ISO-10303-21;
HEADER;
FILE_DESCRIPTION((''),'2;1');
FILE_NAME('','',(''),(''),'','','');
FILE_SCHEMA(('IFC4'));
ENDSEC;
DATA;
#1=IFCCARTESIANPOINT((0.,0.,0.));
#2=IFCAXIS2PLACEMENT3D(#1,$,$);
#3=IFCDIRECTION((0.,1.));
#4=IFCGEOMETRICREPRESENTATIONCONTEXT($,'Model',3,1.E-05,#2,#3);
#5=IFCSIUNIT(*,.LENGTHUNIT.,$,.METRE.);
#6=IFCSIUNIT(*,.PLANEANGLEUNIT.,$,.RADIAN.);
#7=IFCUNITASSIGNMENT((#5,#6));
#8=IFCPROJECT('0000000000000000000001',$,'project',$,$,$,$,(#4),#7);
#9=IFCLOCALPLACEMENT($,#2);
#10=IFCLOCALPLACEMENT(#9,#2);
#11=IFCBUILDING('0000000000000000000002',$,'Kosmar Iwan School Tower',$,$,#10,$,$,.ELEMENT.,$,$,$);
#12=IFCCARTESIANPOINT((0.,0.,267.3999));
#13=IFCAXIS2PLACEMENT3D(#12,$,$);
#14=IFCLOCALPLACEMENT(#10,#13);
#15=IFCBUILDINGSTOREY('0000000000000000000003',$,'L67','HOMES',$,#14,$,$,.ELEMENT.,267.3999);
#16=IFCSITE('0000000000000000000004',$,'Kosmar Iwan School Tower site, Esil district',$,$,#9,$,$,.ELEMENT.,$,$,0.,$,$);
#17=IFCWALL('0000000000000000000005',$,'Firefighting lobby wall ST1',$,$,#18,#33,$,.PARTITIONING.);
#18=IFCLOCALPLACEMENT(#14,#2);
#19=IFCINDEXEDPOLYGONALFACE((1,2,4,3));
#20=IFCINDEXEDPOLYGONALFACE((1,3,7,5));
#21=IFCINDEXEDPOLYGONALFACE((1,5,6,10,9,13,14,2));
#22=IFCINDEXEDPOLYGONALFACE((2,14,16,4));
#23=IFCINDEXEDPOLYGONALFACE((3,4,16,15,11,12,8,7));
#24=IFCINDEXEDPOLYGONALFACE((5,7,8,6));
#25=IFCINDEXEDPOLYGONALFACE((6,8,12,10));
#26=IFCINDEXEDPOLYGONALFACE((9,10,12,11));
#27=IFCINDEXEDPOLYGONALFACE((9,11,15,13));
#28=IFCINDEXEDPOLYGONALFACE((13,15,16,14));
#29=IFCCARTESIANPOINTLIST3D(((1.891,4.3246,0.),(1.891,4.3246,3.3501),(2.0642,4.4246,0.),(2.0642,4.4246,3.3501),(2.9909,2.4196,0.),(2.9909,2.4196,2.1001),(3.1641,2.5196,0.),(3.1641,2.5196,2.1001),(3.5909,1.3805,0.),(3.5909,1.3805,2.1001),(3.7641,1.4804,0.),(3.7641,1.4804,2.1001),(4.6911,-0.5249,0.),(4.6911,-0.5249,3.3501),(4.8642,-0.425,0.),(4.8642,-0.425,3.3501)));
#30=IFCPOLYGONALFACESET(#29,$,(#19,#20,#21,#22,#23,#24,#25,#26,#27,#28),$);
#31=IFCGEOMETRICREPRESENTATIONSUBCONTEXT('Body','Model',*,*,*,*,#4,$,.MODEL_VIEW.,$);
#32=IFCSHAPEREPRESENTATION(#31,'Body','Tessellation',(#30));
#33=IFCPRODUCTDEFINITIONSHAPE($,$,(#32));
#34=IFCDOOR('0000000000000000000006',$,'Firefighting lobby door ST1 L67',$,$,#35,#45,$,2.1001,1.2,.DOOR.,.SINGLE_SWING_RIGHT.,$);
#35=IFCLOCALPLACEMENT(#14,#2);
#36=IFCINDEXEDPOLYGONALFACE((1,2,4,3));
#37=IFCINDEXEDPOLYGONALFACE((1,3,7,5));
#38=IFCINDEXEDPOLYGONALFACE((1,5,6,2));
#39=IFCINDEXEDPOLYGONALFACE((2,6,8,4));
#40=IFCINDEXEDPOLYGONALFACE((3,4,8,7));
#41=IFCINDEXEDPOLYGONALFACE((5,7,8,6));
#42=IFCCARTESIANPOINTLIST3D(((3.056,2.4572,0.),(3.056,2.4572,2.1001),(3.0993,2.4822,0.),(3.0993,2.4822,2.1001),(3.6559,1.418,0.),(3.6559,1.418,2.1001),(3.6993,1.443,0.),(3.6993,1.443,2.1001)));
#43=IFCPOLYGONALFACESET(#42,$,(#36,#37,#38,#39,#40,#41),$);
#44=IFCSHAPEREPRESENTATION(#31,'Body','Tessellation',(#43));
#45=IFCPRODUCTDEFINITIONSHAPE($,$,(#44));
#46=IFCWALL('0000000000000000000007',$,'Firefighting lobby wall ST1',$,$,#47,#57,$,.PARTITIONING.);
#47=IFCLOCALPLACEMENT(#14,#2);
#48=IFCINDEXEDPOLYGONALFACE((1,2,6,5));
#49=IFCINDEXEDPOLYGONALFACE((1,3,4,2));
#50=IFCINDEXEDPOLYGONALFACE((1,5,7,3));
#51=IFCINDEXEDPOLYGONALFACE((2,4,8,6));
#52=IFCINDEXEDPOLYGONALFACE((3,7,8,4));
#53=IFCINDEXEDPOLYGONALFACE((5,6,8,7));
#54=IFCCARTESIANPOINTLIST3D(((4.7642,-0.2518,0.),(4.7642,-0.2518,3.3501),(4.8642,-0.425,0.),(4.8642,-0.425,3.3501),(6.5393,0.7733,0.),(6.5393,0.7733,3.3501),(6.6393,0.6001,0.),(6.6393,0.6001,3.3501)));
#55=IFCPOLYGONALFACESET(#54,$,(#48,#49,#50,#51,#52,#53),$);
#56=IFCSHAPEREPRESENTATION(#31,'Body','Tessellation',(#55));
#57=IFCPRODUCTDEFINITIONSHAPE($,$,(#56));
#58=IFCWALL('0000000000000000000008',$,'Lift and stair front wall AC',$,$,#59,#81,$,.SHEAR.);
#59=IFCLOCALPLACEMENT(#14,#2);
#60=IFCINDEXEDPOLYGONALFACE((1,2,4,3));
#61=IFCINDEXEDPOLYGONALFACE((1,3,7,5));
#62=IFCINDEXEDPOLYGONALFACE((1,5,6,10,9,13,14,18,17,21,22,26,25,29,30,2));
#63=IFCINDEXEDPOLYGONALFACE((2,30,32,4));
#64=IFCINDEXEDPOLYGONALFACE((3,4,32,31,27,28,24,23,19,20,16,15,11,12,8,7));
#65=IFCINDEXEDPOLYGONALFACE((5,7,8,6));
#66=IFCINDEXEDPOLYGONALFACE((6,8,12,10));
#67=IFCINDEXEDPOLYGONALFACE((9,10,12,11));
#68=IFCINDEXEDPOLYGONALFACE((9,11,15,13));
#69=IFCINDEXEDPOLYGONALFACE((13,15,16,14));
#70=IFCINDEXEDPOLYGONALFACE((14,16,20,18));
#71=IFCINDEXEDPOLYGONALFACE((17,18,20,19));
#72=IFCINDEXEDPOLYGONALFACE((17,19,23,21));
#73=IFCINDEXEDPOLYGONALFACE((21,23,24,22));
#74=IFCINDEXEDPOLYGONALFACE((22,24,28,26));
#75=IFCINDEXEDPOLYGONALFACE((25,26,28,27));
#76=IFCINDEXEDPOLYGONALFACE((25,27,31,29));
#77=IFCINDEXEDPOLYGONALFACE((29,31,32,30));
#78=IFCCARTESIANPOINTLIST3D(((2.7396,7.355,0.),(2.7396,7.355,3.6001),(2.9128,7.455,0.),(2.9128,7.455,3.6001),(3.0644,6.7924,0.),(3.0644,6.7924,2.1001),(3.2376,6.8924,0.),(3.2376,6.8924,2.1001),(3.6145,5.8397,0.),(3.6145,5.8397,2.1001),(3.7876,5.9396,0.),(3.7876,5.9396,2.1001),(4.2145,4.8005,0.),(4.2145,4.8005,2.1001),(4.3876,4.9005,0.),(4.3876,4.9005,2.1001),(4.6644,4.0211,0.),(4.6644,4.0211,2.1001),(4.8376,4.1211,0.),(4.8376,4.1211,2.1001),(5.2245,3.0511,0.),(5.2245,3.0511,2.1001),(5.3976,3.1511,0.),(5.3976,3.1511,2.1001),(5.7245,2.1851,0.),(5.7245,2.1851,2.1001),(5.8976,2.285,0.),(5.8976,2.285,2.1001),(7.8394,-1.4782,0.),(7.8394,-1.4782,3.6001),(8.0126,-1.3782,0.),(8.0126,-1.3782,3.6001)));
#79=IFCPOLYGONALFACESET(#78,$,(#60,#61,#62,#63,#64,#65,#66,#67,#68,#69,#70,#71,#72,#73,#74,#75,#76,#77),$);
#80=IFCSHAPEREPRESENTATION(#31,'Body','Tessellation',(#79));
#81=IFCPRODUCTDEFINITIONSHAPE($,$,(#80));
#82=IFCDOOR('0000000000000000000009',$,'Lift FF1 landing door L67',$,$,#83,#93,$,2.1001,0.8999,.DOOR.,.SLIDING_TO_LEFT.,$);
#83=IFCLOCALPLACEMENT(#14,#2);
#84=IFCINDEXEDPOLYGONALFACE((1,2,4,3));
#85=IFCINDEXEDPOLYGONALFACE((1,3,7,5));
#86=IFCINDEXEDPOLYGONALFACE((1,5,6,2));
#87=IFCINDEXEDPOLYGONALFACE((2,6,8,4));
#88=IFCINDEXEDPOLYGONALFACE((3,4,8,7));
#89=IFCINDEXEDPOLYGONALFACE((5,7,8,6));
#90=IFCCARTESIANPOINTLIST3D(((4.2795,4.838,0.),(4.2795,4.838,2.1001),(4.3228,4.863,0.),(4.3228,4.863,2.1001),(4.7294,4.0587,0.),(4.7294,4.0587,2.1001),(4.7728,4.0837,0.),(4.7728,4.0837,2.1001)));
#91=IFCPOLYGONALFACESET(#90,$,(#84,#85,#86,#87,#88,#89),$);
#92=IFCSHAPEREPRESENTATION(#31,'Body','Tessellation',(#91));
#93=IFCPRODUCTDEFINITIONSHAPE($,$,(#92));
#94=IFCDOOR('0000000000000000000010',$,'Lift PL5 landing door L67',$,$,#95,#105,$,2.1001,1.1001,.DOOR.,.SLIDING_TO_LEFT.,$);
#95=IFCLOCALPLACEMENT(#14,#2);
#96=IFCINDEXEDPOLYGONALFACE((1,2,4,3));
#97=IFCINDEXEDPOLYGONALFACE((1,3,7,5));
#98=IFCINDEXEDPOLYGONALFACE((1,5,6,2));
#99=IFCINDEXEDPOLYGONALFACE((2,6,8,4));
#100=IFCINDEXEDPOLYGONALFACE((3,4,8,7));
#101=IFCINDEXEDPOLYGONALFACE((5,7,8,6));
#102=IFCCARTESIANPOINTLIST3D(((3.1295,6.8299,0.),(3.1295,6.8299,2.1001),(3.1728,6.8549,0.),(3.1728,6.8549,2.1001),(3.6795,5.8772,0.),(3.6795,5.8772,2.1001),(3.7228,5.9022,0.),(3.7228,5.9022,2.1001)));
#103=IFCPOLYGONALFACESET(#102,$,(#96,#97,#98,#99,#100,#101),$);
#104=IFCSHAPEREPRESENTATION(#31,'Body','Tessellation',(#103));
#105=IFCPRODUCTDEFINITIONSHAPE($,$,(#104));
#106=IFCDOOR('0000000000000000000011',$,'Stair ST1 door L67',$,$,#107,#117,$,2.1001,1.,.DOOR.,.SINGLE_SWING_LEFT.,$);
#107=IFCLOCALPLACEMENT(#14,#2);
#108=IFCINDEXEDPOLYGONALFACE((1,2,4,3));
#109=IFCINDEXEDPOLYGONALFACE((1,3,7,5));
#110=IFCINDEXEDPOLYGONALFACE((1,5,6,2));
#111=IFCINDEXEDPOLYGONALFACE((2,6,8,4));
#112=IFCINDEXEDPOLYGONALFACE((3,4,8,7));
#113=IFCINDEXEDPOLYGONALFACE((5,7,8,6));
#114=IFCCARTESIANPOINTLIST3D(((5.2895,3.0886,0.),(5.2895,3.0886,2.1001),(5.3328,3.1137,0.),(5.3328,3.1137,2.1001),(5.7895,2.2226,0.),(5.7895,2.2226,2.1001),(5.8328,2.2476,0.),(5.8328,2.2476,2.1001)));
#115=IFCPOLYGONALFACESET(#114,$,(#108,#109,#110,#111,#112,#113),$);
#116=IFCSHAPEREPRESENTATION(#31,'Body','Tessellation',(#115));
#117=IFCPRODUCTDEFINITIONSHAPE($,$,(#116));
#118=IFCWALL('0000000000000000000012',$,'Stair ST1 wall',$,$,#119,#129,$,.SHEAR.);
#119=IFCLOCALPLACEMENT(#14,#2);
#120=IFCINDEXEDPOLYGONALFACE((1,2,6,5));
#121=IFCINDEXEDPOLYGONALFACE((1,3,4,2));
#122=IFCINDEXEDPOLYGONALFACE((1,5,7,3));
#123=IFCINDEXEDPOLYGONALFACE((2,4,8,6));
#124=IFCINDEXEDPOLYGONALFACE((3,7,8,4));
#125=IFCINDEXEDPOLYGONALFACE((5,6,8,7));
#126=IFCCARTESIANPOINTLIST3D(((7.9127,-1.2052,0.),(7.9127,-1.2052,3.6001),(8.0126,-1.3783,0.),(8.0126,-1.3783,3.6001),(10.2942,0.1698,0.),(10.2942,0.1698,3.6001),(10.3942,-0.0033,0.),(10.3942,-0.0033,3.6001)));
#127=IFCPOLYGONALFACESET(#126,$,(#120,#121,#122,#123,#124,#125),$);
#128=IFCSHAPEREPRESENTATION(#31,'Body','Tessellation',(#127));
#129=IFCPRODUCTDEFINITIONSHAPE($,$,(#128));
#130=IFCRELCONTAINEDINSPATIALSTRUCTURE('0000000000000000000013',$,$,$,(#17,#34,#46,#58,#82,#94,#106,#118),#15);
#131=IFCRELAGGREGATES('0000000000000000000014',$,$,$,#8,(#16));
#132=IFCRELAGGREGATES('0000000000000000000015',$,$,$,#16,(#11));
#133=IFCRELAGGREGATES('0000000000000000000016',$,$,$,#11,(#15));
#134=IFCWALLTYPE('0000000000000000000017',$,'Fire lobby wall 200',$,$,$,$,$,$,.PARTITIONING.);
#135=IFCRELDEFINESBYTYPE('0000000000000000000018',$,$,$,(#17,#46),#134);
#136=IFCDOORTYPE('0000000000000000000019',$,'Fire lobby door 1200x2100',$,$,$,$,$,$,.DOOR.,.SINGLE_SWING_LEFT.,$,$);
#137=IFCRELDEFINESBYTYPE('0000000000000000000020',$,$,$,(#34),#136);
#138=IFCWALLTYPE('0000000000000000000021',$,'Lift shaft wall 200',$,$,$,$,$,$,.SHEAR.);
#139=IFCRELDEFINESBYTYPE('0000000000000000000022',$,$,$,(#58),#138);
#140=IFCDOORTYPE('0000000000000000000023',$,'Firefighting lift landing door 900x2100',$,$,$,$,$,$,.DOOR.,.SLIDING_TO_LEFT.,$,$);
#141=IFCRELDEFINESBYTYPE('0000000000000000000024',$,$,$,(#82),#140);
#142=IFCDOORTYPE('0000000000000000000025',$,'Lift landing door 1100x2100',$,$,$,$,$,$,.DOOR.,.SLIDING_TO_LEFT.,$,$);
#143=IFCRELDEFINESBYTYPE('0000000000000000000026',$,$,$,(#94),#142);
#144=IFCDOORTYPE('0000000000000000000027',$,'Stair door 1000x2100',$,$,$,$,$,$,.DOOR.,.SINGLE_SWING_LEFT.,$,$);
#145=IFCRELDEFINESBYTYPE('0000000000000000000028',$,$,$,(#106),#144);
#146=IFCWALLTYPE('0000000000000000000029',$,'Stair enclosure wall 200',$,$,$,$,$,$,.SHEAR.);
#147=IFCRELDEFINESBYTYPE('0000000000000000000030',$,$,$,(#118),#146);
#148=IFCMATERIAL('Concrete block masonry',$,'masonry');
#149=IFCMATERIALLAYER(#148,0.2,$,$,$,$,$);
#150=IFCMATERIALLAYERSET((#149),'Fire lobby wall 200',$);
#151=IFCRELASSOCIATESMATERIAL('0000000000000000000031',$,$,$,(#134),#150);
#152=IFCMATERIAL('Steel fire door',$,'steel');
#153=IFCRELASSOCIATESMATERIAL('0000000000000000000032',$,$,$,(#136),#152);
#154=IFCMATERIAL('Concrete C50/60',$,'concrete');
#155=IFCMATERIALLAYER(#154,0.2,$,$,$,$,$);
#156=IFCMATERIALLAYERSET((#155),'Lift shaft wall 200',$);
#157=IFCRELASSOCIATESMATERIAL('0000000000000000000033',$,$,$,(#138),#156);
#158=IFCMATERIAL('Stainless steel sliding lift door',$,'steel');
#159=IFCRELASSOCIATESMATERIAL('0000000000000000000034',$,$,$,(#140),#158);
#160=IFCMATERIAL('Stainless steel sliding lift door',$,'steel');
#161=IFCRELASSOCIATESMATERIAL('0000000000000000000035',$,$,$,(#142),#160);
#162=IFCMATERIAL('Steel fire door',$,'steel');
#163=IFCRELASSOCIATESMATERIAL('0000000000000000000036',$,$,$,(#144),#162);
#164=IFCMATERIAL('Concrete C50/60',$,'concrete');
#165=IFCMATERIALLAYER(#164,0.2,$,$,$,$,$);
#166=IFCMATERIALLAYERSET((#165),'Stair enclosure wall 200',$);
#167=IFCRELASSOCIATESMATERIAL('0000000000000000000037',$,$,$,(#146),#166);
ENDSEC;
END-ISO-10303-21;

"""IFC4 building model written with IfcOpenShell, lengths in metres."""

from ifc_helpers import new_model, si_unit, direction, frame, frame_2d, origin, place, context, subcontext, project, spatial, rectangle, extrude, material, layer, layer_set, type_object, element, fill, save


model = new_model("IFC4")

# Units and contexts
model_context = context("Model", 3, precision=1e-05, world=origin(), true_north=direction((0.0, 1.0)))
body_context = subcontext(model_context, "Body", "Model", "MODEL_VIEW")
ifc_project = project(units=[si_unit("LENGTHUNIT", "METRE"), si_unit("PLANEANGLEUNIT", "RADIAN")], contexts=[model_context])

# Site, building, storey
site_placement = place(None, origin())
site = spatial("IfcSite", under=ifc_project, at=site_placement, Name="Kosmar Iwan School Tower site, Esil district", CompositionType="ELEMENT", RefElevation=0.0)
building_placement = place(site_placement, origin())
building = spatial("IfcBuilding", under=site, at=building_placement, Name="Kosmar Iwan School Tower", CompositionType="ELEMENT")
storey_placement = place(building_placement, frame((0.0, 0.0, 267.3999)))
storey = spatial("IfcBuildingStorey", under=building, at=storey_placement, Name="L67", Description="HOMES", CompositionType="ELEMENT", Elevation=267.3999)

# Wall, opening, door
ifc_material_1 = material(Name="Concrete block masonry", Category="masonry")
ifc_layer_1 = layer(ifc_material_1, 0.2)
ifc_layer_set_1 = layer_set([ifc_layer_1], Name="Fire lobby wall 200")
wall_type_1 = type_object("IfcWallType", Name="Fire lobby wall 200", PredefinedType="PARTITIONING", material=ifc_layer_set_1)
wall_1_placement = place(storey_placement, frame((4.7776, -0.4749, 0.0), z_axis=(0.0, 0.0, 1.0), x_axis=(-0.500017, 0.866016, 0.0)))
wall_1 = element("IfcWall", 1, at=wall_1_placement, inside=storey, type_object=wall_type_1, Name="Firefighting lobby wall ST1", PredefinedType="PARTITIONING", context=body_context, shape_type="SweptSolid", body=[
    extrude(rectangle(XDim=5.5999, YDim=0.2, at=frame_2d((2.7998, 0.0))), origin(), (0.0, 0.0, 1.0), 3.3501),
])
opening_1_placement = place(wall_1_placement, frame((2.2, 0.0, 0.0)))
opening_1 = element("IfcOpeningElement", 2, at=opening_1_placement, cuts=wall_1, PredefinedType="OPENING", context=body_context, shape_type="SweptSolid", body=[
    extrude(rectangle(XDim=1.2, YDim=2.1001, at=frame_2d((0.6001, 1.05))), frame((0.0, 0.1121, 0.0), z_axis=(0.0, -1.0, 0.0), x_axis=(1.0, 0.0, 0.0)), (0.0, 0.0, 1.0), 0.2239),
])
ifc_material_2 = material(Name="Steel fire door", Category="steel")
door_type_1 = type_object("IfcDoorType", Name="Fire lobby door 1200x2100", OperationType="SINGLE_SWING_LEFT", PredefinedType="DOOR", material=ifc_material_2)
door_1_placement = place(opening_1_placement, origin())
door_1 = element("IfcDoor", 3, at=door_1_placement, inside=storey, type_object=door_type_1, Name="Firefighting lobby door ST1 L67", OperationType="SINGLE_SWING_RIGHT", OverallHeight=2.1001, OverallWidth=1.2, PredefinedType="DOOR", context=body_context, shape_type="SweptSolid", body=[
    extrude(rectangle(XDim=1.2, YDim=2.1001, at=frame_2d((0.6001, 1.05))), frame((0.0, 0.0249, 0.0), z_axis=(0.0, -1.0, 0.0), x_axis=(1.0, 0.0, 0.0)), (0.0, 0.0, 1.0), 0.05),
])
fill(opening_1, door_1)

# Wall
wall_2_placement = place(storey_placement, frame((4.8142, -0.3384, 0.0), z_axis=(0.0, 0.0, 1.0), x_axis=(0.865969, 0.500097, 0.0)))
element("IfcWall", 4, at=wall_2_placement, inside=storey, type_object=wall_type_1, Name="Firefighting lobby wall ST1", PredefinedType="PARTITIONING", context=body_context, shape_type="SweptSolid", body=[
    extrude(rectangle(XDim=2.0498, YDim=0.2, at=frame_2d((1.0249, 0.0))), origin(), (0.0, 0.0, 1.0), 3.3501),
])

# Wall, openings, doors
ifc_material_3 = material(Name="Concrete C50/60", Category="concrete")
ifc_layer_2 = layer(ifc_material_3, 0.2)
ifc_layer_set_2 = layer_set([ifc_layer_2], Name="Lift shaft wall 200")
wall_type_2 = type_object("IfcWallType", Name="Lift shaft wall 200", PredefinedType="SHEAR", material=ifc_layer_set_2)
wall_3_placement = place(storey_placement, frame((7.926, -1.4282, 0.0), z_axis=(0.0, 0.0, 1.0), x_axis=(-0.499998, 0.866027, 0.0)))
wall_3 = element("IfcWall", 5, at=wall_3_placement, inside=storey, type_object=wall_type_2, Name="Lift and stair front wall AC", PredefinedType="SHEAR", context=body_context, shape_type="SweptSolid", body=[
    extrude(rectangle(XDim=10.1997, YDim=0.2, at=frame_2d((5.0999, 0.0))), origin(), (0.0, 0.0, 1.0), 3.6001),
])
opening_2_placement = place(wall_3_placement, frame((6.3501, 0.0, 0.0)))
opening_2 = element("IfcOpeningElement", 6, at=opening_2_placement, cuts=wall_3, PredefinedType="OPENING", context=body_context, shape_type="SweptSolid", body=[
    extrude(rectangle(XDim=0.8999, YDim=2.1001, at=frame_2d((0.45, 1.05))), frame((0.0, 0.1121, 0.0), z_axis=(0.0, -1.0, 0.0), x_axis=(1.0, 0.0, 0.0)), (0.0, 0.0, 1.0), 0.2239),
])
opening_3_placement = place(wall_3_placement, frame((8.45, 0.0, 0.0)))
opening_3 = element("IfcOpeningElement", 7, at=opening_3_placement, cuts=wall_3, PredefinedType="OPENING", context=body_context, shape_type="SweptSolid", body=[
    extrude(rectangle(XDim=1.1001, YDim=2.1001, at=frame_2d((0.55, 1.05))), frame((0.0, 0.1121, 0.0), z_axis=(0.0, -1.0, 0.0), x_axis=(1.0, 0.0, 0.0)), (0.0, 0.0, 1.0), 0.2239),
])
opening_4_placement = place(wall_3_placement, frame((4.23, 0.0, 0.0)))
opening_4 = element("IfcOpeningElement", 8, at=opening_4_placement, cuts=wall_3, PredefinedType="OPENING", context=body_context, shape_type="SweptSolid", body=[
    extrude(rectangle(XDim=1.0, YDim=2.1001, at=frame_2d((0.5, 1.05))), frame((0.0, 0.1121, 0.0), z_axis=(0.0, -1.0, 0.0), x_axis=(1.0, 0.0, 0.0)), (0.0, 0.0, 1.0), 0.2239),
])
ifc_material_4 = material(Name="Stainless steel sliding lift door", Category="steel")
door_type_2 = type_object("IfcDoorType", Name="Firefighting lift landing door 900x2100", OperationType="SLIDING_TO_LEFT", PredefinedType="DOOR", material=ifc_material_4)
door_2_placement = place(opening_2_placement, origin())
door_2 = element("IfcDoor", 9, at=door_2_placement, inside=storey, type_object=door_type_2, Name="Lift FF1 landing door L67", OperationType="SLIDING_TO_LEFT", OverallHeight=2.1001, OverallWidth=0.8999, PredefinedType="DOOR", context=body_context, shape_type="SweptSolid", body=[
    extrude(rectangle(XDim=0.8999, YDim=2.1001, at=frame_2d((0.45, 1.05))), frame((0.0, 0.0249, 0.0), z_axis=(0.0, -1.0, 0.0), x_axis=(1.0, 0.0, 0.0)), (0.0, 0.0, 1.0), 0.05),
])
fill(opening_2, door_2)
ifc_material_5 = material(Name="Stainless steel sliding lift door", Category="steel")
door_type_3 = type_object("IfcDoorType", Name="Lift landing door 1100x2100", OperationType="SLIDING_TO_LEFT", PredefinedType="DOOR", material=ifc_material_5)
door_3_placement = place(opening_3_placement, origin())
door_3 = element("IfcDoor", 10, at=door_3_placement, inside=storey, type_object=door_type_3, Name="Lift PL5 landing door L67", OperationType="SLIDING_TO_LEFT", OverallHeight=2.1001, OverallWidth=1.1001, PredefinedType="DOOR", context=body_context, shape_type="SweptSolid", body=[
    extrude(rectangle(XDim=1.1001, YDim=2.1001, at=frame_2d((0.55, 1.05))), frame((0.0, 0.0249, 0.0), z_axis=(0.0, -1.0, 0.0), x_axis=(1.0, 0.0, 0.0)), (0.0, 0.0, 1.0), 0.05),
])
fill(opening_3, door_3)
ifc_material_6 = material(Name="Steel fire door", Category="steel")
door_type_4 = type_object("IfcDoorType", Name="Stair door 1000x2100", OperationType="SINGLE_SWING_LEFT", PredefinedType="DOOR", material=ifc_material_6)
door_4_placement = place(opening_4_placement, origin())
door_4 = element("IfcDoor", 11, at=door_4_placement, inside=storey, type_object=door_type_4, Name="Stair ST1 door L67", OperationType="SINGLE_SWING_LEFT", OverallHeight=2.1001, OverallWidth=1.0, PredefinedType="DOOR", context=body_context, shape_type="SweptSolid", body=[
    extrude(rectangle(XDim=1.0, YDim=2.1001, at=frame_2d((0.5, 1.05))), frame((0.0, 0.0249, 0.0), z_axis=(0.0, -1.0, 0.0), x_axis=(1.0, 0.0, 0.0)), (0.0, 0.0, 1.0), 0.05),
])
fill(opening_4, door_4)

# Wall
ifc_material_7 = material(Name="Concrete C50/60", Category="concrete")
ifc_layer_3 = layer(ifc_material_7, 0.2)
ifc_layer_set_3 = layer_set([ifc_layer_3], Name="Stair enclosure wall 200")
wall_type_3 = type_object("IfcWallType", Name="Stair enclosure wall 200", PredefinedType="SHEAR", material=ifc_layer_set_3)
wall_4_placement = place(storey_placement, frame((7.9626, -1.2917, 0.0), z_axis=(0.0, 0.0, 1.0), x_axis=(0.866027, 0.499997, 0.0)))
element("IfcWall", 12, at=wall_4_placement, inside=storey, type_object=wall_type_3, Name="Stair ST1 wall", PredefinedType="SHEAR", context=body_context, shape_type="SweptSolid", body=[
    extrude(rectangle(XDim=2.75, YDim=0.2, at=frame_2d((1.375, 0.0))), origin(), (0.0, 0.0, 1.0), 3.6001),
])

save(model, "model.ifc")
